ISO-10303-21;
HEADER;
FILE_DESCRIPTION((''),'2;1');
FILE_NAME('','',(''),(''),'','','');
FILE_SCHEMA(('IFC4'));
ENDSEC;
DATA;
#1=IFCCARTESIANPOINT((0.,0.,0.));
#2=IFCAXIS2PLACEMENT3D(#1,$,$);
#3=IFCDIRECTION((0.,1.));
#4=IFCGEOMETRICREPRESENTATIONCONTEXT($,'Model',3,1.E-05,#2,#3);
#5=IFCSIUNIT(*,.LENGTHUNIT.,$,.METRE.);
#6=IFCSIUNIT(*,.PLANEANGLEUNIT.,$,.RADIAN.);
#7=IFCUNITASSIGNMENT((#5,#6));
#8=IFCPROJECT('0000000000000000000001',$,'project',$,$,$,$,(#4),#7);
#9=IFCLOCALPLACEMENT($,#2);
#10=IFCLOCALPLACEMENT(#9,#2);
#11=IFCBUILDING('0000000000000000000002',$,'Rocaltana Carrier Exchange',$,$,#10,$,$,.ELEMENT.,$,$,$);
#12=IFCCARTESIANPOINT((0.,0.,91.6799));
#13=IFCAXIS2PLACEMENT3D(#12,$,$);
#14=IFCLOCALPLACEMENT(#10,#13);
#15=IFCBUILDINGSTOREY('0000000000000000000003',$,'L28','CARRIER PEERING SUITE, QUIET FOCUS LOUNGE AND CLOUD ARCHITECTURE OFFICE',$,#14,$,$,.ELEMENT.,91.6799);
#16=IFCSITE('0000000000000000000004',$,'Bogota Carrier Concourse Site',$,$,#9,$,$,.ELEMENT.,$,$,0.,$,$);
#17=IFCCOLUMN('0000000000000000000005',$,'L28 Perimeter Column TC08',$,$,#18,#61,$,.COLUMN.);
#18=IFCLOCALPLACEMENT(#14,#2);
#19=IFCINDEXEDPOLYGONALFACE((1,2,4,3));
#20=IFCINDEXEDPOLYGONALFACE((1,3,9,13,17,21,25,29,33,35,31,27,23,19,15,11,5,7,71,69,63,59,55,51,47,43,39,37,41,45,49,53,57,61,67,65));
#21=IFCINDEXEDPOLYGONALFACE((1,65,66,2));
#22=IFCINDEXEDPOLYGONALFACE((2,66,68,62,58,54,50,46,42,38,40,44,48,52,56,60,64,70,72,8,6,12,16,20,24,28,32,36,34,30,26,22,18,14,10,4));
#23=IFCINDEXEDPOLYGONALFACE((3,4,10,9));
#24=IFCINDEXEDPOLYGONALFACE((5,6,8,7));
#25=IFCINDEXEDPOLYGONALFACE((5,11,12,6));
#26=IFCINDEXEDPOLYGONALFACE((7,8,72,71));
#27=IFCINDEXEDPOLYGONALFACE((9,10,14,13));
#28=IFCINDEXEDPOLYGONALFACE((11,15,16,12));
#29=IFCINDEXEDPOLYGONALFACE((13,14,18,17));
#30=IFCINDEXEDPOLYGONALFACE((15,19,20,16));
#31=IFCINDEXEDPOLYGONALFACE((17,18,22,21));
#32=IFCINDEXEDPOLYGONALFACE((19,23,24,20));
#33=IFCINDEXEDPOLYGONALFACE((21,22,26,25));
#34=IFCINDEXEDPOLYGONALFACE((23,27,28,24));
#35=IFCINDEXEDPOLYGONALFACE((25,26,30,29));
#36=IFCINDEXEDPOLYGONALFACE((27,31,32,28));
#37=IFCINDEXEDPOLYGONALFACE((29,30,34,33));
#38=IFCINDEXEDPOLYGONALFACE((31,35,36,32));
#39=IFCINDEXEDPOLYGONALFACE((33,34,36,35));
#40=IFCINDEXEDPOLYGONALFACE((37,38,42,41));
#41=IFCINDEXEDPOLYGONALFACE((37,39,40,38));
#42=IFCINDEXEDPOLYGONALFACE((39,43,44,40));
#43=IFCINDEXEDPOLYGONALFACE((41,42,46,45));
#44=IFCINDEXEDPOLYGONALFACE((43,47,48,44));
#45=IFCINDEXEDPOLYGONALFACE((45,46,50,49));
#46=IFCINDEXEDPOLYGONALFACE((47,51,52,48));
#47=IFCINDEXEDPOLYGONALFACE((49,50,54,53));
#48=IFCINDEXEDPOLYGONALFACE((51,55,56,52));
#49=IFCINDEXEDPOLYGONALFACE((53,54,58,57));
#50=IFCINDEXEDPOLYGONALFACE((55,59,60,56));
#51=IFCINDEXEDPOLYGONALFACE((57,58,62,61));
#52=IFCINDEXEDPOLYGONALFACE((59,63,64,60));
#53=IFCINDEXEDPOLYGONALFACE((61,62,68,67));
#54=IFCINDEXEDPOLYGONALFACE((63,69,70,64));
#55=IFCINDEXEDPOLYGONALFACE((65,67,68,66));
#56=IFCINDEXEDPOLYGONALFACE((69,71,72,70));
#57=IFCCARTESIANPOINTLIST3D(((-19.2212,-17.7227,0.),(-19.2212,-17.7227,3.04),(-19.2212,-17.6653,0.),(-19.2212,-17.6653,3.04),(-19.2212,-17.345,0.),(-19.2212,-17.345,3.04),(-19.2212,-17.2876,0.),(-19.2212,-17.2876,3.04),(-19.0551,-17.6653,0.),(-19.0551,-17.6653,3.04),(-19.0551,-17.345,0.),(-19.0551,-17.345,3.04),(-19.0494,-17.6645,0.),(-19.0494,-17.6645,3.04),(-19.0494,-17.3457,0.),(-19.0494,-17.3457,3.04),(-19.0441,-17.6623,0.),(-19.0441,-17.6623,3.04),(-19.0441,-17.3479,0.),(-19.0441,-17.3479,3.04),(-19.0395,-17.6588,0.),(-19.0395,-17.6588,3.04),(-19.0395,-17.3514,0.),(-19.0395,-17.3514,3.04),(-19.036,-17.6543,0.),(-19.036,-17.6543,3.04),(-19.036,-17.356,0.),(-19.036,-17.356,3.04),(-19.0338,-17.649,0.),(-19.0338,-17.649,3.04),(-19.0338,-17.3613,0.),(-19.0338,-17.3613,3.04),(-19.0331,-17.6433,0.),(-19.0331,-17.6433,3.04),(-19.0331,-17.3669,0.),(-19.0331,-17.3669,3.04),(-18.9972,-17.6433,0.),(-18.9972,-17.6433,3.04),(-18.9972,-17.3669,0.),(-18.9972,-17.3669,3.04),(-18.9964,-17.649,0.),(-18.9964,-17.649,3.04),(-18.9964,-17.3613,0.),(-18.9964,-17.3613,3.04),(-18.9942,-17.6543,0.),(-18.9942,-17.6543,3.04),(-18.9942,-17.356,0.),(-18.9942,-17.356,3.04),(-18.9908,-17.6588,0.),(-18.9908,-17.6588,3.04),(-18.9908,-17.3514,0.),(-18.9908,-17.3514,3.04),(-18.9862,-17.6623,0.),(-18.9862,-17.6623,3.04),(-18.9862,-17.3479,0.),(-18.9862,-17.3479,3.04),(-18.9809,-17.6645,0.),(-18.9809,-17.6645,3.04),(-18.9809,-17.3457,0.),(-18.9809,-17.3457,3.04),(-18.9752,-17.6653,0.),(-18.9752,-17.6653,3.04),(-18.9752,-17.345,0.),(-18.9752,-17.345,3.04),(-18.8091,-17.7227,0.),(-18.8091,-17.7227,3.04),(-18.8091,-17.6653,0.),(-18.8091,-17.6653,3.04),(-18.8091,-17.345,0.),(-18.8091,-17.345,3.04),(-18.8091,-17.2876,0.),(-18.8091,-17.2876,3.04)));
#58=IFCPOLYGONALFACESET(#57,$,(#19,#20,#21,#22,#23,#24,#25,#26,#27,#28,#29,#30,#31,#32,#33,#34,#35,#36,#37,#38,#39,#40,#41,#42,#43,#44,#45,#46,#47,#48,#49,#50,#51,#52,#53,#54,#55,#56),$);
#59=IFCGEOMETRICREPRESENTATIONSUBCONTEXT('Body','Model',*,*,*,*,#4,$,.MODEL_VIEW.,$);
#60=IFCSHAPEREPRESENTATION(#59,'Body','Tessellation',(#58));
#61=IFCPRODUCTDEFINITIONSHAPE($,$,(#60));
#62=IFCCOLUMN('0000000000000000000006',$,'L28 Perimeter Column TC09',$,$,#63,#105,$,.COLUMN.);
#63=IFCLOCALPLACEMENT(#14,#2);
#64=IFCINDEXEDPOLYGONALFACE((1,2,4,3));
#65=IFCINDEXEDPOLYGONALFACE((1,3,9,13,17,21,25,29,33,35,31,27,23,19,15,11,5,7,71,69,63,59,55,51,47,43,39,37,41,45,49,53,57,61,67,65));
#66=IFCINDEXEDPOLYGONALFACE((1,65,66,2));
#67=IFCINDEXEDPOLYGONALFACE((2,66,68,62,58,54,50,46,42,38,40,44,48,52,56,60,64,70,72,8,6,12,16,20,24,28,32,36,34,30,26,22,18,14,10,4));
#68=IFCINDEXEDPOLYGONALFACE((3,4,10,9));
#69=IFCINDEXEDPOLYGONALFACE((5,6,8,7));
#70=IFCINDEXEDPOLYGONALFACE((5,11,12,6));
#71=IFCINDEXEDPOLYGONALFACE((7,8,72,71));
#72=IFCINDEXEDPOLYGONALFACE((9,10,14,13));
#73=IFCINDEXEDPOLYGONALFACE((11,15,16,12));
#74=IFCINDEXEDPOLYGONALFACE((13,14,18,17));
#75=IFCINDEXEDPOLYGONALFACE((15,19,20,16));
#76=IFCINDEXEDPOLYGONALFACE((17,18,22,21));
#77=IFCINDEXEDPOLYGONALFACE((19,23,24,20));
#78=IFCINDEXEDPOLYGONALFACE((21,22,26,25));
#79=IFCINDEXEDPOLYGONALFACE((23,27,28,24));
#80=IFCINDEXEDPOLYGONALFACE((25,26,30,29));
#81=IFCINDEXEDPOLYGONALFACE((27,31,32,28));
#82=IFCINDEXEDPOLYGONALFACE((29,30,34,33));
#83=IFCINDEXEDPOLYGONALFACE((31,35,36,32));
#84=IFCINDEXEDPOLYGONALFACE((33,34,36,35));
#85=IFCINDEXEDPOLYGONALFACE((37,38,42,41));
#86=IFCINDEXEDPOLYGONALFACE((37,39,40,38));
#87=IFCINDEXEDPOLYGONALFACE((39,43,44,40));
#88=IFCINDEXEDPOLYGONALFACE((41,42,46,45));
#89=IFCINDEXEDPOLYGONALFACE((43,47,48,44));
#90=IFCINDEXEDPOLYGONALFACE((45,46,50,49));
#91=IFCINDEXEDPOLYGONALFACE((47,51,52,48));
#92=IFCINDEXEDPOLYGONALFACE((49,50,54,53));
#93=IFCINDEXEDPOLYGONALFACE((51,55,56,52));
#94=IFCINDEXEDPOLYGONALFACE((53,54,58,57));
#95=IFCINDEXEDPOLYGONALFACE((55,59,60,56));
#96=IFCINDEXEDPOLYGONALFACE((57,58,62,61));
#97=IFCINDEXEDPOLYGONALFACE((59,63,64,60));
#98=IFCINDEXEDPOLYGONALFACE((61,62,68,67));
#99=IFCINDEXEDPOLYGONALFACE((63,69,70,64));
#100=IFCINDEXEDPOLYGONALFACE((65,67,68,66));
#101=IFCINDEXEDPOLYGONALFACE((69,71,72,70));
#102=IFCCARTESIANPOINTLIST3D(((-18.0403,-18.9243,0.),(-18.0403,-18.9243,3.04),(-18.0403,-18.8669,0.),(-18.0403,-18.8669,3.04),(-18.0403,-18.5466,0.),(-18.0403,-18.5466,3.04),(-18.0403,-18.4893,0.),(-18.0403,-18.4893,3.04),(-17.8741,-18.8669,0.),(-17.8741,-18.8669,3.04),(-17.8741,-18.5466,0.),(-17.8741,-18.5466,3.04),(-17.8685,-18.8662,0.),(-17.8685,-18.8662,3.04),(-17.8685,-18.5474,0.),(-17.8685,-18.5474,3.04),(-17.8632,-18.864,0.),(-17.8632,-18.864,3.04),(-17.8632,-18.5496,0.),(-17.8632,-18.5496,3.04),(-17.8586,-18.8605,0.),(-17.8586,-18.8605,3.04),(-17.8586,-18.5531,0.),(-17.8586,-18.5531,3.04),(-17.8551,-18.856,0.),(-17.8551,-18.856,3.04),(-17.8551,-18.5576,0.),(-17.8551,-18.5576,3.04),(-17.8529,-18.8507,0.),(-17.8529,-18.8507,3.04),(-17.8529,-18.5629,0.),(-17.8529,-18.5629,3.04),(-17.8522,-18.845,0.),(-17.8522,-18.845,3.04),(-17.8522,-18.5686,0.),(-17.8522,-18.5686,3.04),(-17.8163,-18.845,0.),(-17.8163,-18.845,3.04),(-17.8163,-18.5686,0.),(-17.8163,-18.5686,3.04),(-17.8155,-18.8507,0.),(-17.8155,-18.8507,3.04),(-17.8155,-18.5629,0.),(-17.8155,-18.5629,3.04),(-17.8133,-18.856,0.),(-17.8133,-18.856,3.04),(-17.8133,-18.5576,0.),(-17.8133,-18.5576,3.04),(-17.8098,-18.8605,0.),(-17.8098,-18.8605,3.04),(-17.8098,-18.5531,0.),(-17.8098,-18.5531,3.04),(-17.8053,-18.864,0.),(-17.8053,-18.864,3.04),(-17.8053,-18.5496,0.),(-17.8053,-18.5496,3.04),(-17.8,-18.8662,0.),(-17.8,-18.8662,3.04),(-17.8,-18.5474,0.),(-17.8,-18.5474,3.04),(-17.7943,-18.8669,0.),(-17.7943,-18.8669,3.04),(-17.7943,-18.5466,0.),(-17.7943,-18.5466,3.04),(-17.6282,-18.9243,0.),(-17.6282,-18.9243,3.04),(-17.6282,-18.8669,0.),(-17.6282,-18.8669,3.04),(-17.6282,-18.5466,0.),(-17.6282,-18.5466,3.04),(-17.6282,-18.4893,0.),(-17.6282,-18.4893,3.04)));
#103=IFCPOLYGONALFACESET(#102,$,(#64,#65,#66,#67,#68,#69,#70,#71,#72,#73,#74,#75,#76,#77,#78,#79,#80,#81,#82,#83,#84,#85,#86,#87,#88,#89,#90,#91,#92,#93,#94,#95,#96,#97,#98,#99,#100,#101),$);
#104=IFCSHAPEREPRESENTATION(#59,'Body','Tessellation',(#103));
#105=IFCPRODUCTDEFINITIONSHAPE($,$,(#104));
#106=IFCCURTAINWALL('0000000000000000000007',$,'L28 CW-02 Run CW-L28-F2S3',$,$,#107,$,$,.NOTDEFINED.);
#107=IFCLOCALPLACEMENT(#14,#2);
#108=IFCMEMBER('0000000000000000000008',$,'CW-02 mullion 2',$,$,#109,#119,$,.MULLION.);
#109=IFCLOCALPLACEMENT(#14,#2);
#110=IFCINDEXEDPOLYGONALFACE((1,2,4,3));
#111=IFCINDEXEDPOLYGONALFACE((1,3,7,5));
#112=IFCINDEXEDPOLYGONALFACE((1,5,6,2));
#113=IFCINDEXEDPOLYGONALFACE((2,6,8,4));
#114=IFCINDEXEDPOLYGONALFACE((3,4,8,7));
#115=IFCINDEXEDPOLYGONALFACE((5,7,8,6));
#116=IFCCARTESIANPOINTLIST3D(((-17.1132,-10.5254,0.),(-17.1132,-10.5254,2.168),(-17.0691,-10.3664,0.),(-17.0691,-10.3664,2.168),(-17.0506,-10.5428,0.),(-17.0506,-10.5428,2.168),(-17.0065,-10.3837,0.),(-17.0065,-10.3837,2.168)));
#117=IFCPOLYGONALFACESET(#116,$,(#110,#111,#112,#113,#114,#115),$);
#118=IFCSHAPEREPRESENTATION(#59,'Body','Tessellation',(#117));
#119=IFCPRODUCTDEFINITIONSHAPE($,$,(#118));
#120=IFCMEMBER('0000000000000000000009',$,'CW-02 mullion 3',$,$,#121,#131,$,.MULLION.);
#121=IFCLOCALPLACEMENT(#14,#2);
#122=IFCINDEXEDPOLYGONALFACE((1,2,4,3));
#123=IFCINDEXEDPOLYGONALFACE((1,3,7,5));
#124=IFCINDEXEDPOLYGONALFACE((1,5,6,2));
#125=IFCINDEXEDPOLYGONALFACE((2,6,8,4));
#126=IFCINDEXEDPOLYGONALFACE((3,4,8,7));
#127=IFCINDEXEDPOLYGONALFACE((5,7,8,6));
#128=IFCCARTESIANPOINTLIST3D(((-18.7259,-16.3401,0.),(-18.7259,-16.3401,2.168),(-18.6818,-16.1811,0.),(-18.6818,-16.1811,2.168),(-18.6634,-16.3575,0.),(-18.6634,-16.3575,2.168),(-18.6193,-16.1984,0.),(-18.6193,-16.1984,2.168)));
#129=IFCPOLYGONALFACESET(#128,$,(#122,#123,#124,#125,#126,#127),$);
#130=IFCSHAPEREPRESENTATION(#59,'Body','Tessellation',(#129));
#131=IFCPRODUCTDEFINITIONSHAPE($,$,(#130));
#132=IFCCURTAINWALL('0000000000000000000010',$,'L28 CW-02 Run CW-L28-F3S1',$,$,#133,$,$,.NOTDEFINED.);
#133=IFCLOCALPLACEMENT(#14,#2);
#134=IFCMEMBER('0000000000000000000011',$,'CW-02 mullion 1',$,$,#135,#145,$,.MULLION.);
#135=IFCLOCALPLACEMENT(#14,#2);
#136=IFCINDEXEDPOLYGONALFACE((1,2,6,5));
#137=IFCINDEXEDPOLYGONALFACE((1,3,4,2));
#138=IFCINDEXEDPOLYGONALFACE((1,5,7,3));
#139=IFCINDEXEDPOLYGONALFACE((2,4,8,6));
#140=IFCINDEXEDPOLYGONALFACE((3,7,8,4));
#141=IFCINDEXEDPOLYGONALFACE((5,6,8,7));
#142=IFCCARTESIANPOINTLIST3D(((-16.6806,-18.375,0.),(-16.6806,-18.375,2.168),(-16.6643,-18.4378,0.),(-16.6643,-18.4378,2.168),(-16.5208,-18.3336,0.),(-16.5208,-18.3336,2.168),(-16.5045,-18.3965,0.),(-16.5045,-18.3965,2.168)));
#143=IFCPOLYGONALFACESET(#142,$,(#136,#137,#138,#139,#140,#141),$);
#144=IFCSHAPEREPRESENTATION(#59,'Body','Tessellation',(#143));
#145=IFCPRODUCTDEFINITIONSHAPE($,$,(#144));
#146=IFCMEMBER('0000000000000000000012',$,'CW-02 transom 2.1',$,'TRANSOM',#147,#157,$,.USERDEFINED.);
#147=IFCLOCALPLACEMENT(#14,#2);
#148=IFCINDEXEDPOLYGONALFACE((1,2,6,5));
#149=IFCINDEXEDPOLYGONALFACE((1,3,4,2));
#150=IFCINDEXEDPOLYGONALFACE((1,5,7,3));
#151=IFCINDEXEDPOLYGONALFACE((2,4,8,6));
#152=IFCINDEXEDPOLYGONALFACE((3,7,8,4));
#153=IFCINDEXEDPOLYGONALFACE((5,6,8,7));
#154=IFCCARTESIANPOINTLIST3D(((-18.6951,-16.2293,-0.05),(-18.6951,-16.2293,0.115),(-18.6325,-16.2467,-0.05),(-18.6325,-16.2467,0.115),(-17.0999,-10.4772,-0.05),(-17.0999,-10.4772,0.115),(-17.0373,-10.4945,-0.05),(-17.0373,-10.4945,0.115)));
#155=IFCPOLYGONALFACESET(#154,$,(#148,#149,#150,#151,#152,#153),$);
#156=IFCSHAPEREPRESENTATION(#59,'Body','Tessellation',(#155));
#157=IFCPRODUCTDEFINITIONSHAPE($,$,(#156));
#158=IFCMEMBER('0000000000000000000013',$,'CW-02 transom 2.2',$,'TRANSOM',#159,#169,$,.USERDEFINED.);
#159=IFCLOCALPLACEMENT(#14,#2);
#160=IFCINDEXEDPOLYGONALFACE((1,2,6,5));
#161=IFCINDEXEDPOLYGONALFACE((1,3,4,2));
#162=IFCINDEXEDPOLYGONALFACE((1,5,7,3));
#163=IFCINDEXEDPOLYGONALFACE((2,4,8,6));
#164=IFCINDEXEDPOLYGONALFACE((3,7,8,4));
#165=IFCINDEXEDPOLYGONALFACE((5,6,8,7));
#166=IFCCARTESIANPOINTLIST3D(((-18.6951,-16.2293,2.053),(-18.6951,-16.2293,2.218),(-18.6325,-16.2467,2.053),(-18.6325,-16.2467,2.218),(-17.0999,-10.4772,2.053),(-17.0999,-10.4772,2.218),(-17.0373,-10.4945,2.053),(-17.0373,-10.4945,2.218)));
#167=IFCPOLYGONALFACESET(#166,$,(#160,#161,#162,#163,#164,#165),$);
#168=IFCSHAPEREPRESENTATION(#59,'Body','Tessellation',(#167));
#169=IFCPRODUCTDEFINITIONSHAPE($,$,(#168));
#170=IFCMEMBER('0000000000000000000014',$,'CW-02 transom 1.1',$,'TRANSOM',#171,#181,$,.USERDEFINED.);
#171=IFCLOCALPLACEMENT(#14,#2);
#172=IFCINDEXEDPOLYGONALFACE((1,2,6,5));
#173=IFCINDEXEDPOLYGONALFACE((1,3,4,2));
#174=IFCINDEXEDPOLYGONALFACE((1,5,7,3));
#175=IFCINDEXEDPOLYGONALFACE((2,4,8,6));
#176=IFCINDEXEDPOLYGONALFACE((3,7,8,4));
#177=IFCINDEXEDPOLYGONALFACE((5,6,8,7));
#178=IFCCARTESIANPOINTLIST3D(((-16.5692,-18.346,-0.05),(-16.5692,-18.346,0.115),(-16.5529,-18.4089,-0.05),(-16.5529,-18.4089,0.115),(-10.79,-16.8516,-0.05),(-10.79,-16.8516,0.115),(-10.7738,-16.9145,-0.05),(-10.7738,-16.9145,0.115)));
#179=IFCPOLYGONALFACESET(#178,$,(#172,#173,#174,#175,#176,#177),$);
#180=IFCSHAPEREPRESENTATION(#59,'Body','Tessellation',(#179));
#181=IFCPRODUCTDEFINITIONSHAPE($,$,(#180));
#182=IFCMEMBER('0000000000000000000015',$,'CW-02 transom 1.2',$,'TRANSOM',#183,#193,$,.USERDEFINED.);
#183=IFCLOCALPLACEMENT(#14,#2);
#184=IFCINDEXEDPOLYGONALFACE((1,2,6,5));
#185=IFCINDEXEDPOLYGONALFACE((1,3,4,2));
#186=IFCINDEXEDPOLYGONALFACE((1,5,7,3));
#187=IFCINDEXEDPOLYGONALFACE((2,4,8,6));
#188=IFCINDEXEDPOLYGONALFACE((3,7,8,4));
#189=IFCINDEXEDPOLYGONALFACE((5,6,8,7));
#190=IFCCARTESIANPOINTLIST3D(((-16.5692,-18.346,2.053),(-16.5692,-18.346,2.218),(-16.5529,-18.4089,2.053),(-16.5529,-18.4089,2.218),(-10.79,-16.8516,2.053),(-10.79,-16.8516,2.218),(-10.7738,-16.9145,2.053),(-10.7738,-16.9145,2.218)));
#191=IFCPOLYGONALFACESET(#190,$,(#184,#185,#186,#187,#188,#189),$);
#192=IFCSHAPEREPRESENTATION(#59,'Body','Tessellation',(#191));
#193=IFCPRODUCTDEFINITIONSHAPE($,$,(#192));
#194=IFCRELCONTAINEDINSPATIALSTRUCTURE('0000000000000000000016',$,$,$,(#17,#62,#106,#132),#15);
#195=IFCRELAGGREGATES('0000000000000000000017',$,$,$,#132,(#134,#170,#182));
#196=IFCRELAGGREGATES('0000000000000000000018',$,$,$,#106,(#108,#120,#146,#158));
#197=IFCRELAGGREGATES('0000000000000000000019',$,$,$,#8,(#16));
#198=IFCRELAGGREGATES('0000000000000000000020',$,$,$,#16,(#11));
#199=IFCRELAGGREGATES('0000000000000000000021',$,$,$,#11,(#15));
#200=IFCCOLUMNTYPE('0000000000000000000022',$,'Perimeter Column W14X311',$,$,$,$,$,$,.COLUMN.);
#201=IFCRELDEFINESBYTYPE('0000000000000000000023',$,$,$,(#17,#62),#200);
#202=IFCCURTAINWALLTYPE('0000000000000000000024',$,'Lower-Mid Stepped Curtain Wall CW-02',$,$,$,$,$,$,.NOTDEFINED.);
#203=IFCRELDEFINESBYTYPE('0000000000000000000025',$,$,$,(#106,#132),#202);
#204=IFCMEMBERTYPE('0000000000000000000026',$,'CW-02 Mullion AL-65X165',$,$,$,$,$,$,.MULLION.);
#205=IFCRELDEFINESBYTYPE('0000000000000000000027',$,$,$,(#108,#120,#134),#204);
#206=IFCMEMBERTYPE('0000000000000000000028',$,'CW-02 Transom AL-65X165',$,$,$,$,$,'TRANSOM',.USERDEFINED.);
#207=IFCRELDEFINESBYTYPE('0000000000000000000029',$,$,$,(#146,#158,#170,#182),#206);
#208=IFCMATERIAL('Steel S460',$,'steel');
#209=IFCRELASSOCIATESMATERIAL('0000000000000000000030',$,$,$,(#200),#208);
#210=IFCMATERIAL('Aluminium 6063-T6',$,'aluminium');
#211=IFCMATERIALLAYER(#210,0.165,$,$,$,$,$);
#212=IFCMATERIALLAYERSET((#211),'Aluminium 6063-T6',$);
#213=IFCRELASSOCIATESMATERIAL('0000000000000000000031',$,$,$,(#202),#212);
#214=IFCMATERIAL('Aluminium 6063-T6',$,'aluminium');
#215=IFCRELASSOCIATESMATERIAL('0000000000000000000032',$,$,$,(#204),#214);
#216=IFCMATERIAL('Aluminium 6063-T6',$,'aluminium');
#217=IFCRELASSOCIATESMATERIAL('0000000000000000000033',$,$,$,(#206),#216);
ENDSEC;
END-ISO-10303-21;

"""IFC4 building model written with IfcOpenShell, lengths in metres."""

from ifc_helpers import new_model, si_unit, direction, frame, origin, origin_2d, place, context, subcontext, project, spatial, rectangle, i_section, extrude, material, layer, layer_set, material_profile, profile_set, type_object, element, aggregate, save


model = new_model("IFC4")

# Units and contexts
model_context = context("Model", 3, precision=1e-05, world=origin(), true_north=direction((0.0, 1.0)))
body_context = subcontext(model_context, "Body", "Model", "MODEL_VIEW")
ifc_project = project(units=[si_unit("LENGTHUNIT", "METRE"), si_unit("PLANEANGLEUNIT", "RADIAN")], contexts=[model_context])

# Site, building, storey
site_placement = place(None, origin())
site = spatial("IfcSite", under=ifc_project, at=site_placement, Name="Bogota Carrier Concourse Site", CompositionType="ELEMENT", RefElevation=0.0)
building_placement = place(site_placement, origin())
building = spatial("IfcBuilding", under=site, at=building_placement, Name="Rocaltana Carrier Exchange", CompositionType="ELEMENT")
storey_placement = place(building_placement, frame((0.0, 0.0, 91.6799)))
storey = spatial("IfcBuildingStorey", under=building, at=storey_placement, Name="L28", Description="CARRIER PEERING SUITE, QUIET FOCUS LOUNGE AND CLOUD ARCHITECTURE OFFICE", CompositionType="ELEMENT", Elevation=91.6799)

# Columns
ifc_material_1 = material(Name="Steel S460", Category="steel")
ifc_material_profile_1 = material_profile(ifc_material_1, i_section(OverallWidth=0.4121, OverallDepth=0.4351, WebThickness=0.0359, FlangeThickness=0.0574, FilletRadius=0.022, at=origin_2d()), Name="W14X311")
ifc_profile_set_1 = profile_set([ifc_material_profile_1], Name="Steel S460")
column_type = type_object("IfcColumnType", Name="Perimeter Column W14X311", PredefinedType="COLUMN", material=ifc_profile_set_1)
for number, where, z_axis, x_axis, name in (
    (1, (-19.0151, -17.5051, 0.0), (0.0, 0.0, 1.0), (1.0, 0.0, 0.0), "L28 Perimeter Column TC08"),
    (2, (-17.8342, -18.7068, 0.0), (0.0, 0.0, 1.0), (1.0, 0.0, 0.0), "L28 Perimeter Column TC09"),
):
    element("IfcColumn", number, at=place(storey_placement, frame(where, z_axis=z_axis, x_axis=x_axis)), inside=storey, type_object=column_type, Name=name, PredefinedType="COLUMN", context=body_context, shape_type="SweptSolid", body=[
        extrude(i_section(OverallWidth=0.4121, OverallDepth=0.4351, WebThickness=0.0359, FlangeThickness=0.0574, FilletRadius=0.022, at=origin_2d()), origin(), (0.0, 0.0, 1.0), 3.04),
    ])

# Curtain wall, members
ifc_material_2 = material(Name="Aluminium 6063-T6", Category="aluminium")
ifc_layer_1 = layer(ifc_material_2, 0.165)
ifc_layer_set_1 = layer_set([ifc_layer_1], Name="Aluminium 6063-T6")
curtain_wall_type = type_object("IfcCurtainWallType", Name="Lower-Mid Stepped Curtain Wall CW-02", PredefinedType="NOTDEFINED", material=ifc_layer_set_1)
curtain_wall_1_placement = place(storey_placement, origin())
curtain_wall_1 = element("IfcCurtainWall", 3, at=curtain_wall_1_placement, inside=storey, type_object=curtain_wall_type, Name="L28 CW-02 Run CW-L28-F2S3", PredefinedType="NOTDEFINED")
ifc_material_3 = material(Name="Aluminium 6063-T6", Category="aluminium")
ifc_material_profile_2 = material_profile(ifc_material_3, rectangle(XDim=0.0649, YDim=0.165, at=origin_2d()), Name="AL-65X165")
ifc_profile_set_2 = profile_set([ifc_material_profile_2], Name="Aluminium 6063-T6")
member_type_1 = type_object("IfcMemberType", Name="CW-02 Mullion AL-65X165", PredefinedType="MULLION", material=ifc_profile_set_2)
member_1_placement = place(storey_placement, frame((-17.0598, -10.4546, 0.0), z_axis=(0.0, 0.0, 1.0), x_axis=(0.963629, -0.267243, 0.0)))
member_1 = element("IfcMember", 4, at=member_1_placement, type_object=member_type_1, Name="CW-02 mullion 2", PredefinedType="MULLION", context=body_context, shape_type="SweptSolid", body=[
    extrude(rectangle(XDim=0.0649, YDim=0.165, at=origin_2d()), origin(), (0.0, 0.0, 1.0), 2.168),
])
member_2_placement = place(storey_placement, frame((-18.6726, -16.2693, 0.0), z_axis=(0.0, 0.0, 1.0), x_axis=(0.963629, -0.267243, 0.0)))
member_2 = element("IfcMember", 5, at=member_2_placement, type_object=member_type_1, Name="CW-02 mullion 3", PredefinedType="MULLION", context=body_context, shape_type="SweptSolid", body=[
    extrude(rectangle(XDim=0.0649, YDim=0.165, at=origin_2d()), origin(), (0.0, 0.0, 1.0), 2.168),
])

# Curtain wall, member
curtain_wall_2_placement = place(storey_placement, origin())
curtain_wall_2 = element("IfcCurtainWall", 6, at=curtain_wall_2_placement, inside=storey, type_object=curtain_wall_type, Name="L28 CW-02 Run CW-L28-F3S1", PredefinedType="NOTDEFINED")
member_3_placement = place(storey_placement, frame((-16.5925, -18.3857, 0.0), z_axis=(0.0, 0.0, 1.0), x_axis=(-0.250378, 0.968148, 0.0)))
member_3 = element("IfcMember", 7, at=member_3_placement, type_object=member_type_1, Name="CW-02 mullion 1", PredefinedType="MULLION", context=body_context, shape_type="SweptSolid", body=[
    extrude(rectangle(XDim=0.0649, YDim=0.165, at=origin_2d()), origin(), (0.0, 0.0, 1.0), 2.168),
])

# Members
ifc_material_4 = material(Name="Aluminium 6063-T6", Category="aluminium")
ifc_material_profile_3 = material_profile(ifc_material_4, rectangle(XDim=0.0649, YDim=0.165, at=origin_2d()), Name="AL-65X165")
ifc_profile_set_3 = profile_set([ifc_material_profile_3], Name="Aluminium 6063-T6")
member_type_2 = type_object("IfcMemberType", Name="CW-02 Transom AL-65X165", ElementType="TRANSOM", PredefinedType="USERDEFINED", material=ifc_profile_set_3)
member_4_placement = place(storey_placement, frame((-17.0686, -10.4858, 0.0325), z_axis=(-0.267237, -0.963631, 0.0), x_axis=(0.963631, -0.267237, 0.0)))
member_4 = element("IfcMember", 8, at=member_4_placement, type_object=member_type_2, Name="CW-02 transom 2.1", ObjectType="TRANSOM", PredefinedType="USERDEFINED", context=body_context, shape_type="SweptSolid", body=[
    extrude(rectangle(XDim=0.0649, YDim=0.165, at=origin_2d()), origin(), (0.0, 0.0, 1.0), 5.9692),
])
member_5_placement = place(storey_placement, frame((-17.0686, -10.4858, 2.1355), z_axis=(-0.267237, -0.963631, 0.0), x_axis=(0.963631, -0.267237, 0.0)))
member_5 = element("IfcMember", 9, at=member_5_placement, type_object=member_type_2, Name="CW-02 transom 2.2", ObjectType="TRANSOM", PredefinedType="USERDEFINED", context=body_context, shape_type="SweptSolid", body=[
    extrude(rectangle(XDim=0.0649, YDim=0.165, at=origin_2d()), origin(), (0.0, 0.0, 1.0), 5.9692),
])
member_6_placement = place(storey_placement, frame((-16.561, -18.3774, 0.0325), z_axis=(0.968155, 0.250352, 0.0), x_axis=(-0.250352, 0.968155, 0.0)))
member_6 = element("IfcMember", 10, at=member_6_placement, type_object=member_type_2, Name="CW-02 transom 1.1", ObjectType="TRANSOM", PredefinedType="USERDEFINED", context=body_context, shape_type="SweptSolid", body=[
    extrude(rectangle(XDim=0.0649, YDim=0.165, at=origin_2d()), origin(), (0.0, 0.0, 1.0), 5.9692),
])
member_7_placement = place(storey_placement, frame((-16.561, -18.3774, 2.1355), z_axis=(0.968155, 0.250352, 0.0), x_axis=(-0.250352, 0.968155, 0.0)))
member_7 = element("IfcMember", 11, at=member_7_placement, type_object=member_type_2, Name="CW-02 transom 1.2", ObjectType="TRANSOM", PredefinedType="USERDEFINED", context=body_context, shape_type="SweptSolid", body=[
    extrude(rectangle(XDim=0.0649, YDim=0.165, at=origin_2d()), origin(), (0.0, 0.0, 1.0), 5.9692),
])
aggregate(curtain_wall_2, [member_3, member_6, member_7])

aggregate(curtain_wall_1, [member_1, member_2, member_4, member_5])

save(model, "model.ifc")
